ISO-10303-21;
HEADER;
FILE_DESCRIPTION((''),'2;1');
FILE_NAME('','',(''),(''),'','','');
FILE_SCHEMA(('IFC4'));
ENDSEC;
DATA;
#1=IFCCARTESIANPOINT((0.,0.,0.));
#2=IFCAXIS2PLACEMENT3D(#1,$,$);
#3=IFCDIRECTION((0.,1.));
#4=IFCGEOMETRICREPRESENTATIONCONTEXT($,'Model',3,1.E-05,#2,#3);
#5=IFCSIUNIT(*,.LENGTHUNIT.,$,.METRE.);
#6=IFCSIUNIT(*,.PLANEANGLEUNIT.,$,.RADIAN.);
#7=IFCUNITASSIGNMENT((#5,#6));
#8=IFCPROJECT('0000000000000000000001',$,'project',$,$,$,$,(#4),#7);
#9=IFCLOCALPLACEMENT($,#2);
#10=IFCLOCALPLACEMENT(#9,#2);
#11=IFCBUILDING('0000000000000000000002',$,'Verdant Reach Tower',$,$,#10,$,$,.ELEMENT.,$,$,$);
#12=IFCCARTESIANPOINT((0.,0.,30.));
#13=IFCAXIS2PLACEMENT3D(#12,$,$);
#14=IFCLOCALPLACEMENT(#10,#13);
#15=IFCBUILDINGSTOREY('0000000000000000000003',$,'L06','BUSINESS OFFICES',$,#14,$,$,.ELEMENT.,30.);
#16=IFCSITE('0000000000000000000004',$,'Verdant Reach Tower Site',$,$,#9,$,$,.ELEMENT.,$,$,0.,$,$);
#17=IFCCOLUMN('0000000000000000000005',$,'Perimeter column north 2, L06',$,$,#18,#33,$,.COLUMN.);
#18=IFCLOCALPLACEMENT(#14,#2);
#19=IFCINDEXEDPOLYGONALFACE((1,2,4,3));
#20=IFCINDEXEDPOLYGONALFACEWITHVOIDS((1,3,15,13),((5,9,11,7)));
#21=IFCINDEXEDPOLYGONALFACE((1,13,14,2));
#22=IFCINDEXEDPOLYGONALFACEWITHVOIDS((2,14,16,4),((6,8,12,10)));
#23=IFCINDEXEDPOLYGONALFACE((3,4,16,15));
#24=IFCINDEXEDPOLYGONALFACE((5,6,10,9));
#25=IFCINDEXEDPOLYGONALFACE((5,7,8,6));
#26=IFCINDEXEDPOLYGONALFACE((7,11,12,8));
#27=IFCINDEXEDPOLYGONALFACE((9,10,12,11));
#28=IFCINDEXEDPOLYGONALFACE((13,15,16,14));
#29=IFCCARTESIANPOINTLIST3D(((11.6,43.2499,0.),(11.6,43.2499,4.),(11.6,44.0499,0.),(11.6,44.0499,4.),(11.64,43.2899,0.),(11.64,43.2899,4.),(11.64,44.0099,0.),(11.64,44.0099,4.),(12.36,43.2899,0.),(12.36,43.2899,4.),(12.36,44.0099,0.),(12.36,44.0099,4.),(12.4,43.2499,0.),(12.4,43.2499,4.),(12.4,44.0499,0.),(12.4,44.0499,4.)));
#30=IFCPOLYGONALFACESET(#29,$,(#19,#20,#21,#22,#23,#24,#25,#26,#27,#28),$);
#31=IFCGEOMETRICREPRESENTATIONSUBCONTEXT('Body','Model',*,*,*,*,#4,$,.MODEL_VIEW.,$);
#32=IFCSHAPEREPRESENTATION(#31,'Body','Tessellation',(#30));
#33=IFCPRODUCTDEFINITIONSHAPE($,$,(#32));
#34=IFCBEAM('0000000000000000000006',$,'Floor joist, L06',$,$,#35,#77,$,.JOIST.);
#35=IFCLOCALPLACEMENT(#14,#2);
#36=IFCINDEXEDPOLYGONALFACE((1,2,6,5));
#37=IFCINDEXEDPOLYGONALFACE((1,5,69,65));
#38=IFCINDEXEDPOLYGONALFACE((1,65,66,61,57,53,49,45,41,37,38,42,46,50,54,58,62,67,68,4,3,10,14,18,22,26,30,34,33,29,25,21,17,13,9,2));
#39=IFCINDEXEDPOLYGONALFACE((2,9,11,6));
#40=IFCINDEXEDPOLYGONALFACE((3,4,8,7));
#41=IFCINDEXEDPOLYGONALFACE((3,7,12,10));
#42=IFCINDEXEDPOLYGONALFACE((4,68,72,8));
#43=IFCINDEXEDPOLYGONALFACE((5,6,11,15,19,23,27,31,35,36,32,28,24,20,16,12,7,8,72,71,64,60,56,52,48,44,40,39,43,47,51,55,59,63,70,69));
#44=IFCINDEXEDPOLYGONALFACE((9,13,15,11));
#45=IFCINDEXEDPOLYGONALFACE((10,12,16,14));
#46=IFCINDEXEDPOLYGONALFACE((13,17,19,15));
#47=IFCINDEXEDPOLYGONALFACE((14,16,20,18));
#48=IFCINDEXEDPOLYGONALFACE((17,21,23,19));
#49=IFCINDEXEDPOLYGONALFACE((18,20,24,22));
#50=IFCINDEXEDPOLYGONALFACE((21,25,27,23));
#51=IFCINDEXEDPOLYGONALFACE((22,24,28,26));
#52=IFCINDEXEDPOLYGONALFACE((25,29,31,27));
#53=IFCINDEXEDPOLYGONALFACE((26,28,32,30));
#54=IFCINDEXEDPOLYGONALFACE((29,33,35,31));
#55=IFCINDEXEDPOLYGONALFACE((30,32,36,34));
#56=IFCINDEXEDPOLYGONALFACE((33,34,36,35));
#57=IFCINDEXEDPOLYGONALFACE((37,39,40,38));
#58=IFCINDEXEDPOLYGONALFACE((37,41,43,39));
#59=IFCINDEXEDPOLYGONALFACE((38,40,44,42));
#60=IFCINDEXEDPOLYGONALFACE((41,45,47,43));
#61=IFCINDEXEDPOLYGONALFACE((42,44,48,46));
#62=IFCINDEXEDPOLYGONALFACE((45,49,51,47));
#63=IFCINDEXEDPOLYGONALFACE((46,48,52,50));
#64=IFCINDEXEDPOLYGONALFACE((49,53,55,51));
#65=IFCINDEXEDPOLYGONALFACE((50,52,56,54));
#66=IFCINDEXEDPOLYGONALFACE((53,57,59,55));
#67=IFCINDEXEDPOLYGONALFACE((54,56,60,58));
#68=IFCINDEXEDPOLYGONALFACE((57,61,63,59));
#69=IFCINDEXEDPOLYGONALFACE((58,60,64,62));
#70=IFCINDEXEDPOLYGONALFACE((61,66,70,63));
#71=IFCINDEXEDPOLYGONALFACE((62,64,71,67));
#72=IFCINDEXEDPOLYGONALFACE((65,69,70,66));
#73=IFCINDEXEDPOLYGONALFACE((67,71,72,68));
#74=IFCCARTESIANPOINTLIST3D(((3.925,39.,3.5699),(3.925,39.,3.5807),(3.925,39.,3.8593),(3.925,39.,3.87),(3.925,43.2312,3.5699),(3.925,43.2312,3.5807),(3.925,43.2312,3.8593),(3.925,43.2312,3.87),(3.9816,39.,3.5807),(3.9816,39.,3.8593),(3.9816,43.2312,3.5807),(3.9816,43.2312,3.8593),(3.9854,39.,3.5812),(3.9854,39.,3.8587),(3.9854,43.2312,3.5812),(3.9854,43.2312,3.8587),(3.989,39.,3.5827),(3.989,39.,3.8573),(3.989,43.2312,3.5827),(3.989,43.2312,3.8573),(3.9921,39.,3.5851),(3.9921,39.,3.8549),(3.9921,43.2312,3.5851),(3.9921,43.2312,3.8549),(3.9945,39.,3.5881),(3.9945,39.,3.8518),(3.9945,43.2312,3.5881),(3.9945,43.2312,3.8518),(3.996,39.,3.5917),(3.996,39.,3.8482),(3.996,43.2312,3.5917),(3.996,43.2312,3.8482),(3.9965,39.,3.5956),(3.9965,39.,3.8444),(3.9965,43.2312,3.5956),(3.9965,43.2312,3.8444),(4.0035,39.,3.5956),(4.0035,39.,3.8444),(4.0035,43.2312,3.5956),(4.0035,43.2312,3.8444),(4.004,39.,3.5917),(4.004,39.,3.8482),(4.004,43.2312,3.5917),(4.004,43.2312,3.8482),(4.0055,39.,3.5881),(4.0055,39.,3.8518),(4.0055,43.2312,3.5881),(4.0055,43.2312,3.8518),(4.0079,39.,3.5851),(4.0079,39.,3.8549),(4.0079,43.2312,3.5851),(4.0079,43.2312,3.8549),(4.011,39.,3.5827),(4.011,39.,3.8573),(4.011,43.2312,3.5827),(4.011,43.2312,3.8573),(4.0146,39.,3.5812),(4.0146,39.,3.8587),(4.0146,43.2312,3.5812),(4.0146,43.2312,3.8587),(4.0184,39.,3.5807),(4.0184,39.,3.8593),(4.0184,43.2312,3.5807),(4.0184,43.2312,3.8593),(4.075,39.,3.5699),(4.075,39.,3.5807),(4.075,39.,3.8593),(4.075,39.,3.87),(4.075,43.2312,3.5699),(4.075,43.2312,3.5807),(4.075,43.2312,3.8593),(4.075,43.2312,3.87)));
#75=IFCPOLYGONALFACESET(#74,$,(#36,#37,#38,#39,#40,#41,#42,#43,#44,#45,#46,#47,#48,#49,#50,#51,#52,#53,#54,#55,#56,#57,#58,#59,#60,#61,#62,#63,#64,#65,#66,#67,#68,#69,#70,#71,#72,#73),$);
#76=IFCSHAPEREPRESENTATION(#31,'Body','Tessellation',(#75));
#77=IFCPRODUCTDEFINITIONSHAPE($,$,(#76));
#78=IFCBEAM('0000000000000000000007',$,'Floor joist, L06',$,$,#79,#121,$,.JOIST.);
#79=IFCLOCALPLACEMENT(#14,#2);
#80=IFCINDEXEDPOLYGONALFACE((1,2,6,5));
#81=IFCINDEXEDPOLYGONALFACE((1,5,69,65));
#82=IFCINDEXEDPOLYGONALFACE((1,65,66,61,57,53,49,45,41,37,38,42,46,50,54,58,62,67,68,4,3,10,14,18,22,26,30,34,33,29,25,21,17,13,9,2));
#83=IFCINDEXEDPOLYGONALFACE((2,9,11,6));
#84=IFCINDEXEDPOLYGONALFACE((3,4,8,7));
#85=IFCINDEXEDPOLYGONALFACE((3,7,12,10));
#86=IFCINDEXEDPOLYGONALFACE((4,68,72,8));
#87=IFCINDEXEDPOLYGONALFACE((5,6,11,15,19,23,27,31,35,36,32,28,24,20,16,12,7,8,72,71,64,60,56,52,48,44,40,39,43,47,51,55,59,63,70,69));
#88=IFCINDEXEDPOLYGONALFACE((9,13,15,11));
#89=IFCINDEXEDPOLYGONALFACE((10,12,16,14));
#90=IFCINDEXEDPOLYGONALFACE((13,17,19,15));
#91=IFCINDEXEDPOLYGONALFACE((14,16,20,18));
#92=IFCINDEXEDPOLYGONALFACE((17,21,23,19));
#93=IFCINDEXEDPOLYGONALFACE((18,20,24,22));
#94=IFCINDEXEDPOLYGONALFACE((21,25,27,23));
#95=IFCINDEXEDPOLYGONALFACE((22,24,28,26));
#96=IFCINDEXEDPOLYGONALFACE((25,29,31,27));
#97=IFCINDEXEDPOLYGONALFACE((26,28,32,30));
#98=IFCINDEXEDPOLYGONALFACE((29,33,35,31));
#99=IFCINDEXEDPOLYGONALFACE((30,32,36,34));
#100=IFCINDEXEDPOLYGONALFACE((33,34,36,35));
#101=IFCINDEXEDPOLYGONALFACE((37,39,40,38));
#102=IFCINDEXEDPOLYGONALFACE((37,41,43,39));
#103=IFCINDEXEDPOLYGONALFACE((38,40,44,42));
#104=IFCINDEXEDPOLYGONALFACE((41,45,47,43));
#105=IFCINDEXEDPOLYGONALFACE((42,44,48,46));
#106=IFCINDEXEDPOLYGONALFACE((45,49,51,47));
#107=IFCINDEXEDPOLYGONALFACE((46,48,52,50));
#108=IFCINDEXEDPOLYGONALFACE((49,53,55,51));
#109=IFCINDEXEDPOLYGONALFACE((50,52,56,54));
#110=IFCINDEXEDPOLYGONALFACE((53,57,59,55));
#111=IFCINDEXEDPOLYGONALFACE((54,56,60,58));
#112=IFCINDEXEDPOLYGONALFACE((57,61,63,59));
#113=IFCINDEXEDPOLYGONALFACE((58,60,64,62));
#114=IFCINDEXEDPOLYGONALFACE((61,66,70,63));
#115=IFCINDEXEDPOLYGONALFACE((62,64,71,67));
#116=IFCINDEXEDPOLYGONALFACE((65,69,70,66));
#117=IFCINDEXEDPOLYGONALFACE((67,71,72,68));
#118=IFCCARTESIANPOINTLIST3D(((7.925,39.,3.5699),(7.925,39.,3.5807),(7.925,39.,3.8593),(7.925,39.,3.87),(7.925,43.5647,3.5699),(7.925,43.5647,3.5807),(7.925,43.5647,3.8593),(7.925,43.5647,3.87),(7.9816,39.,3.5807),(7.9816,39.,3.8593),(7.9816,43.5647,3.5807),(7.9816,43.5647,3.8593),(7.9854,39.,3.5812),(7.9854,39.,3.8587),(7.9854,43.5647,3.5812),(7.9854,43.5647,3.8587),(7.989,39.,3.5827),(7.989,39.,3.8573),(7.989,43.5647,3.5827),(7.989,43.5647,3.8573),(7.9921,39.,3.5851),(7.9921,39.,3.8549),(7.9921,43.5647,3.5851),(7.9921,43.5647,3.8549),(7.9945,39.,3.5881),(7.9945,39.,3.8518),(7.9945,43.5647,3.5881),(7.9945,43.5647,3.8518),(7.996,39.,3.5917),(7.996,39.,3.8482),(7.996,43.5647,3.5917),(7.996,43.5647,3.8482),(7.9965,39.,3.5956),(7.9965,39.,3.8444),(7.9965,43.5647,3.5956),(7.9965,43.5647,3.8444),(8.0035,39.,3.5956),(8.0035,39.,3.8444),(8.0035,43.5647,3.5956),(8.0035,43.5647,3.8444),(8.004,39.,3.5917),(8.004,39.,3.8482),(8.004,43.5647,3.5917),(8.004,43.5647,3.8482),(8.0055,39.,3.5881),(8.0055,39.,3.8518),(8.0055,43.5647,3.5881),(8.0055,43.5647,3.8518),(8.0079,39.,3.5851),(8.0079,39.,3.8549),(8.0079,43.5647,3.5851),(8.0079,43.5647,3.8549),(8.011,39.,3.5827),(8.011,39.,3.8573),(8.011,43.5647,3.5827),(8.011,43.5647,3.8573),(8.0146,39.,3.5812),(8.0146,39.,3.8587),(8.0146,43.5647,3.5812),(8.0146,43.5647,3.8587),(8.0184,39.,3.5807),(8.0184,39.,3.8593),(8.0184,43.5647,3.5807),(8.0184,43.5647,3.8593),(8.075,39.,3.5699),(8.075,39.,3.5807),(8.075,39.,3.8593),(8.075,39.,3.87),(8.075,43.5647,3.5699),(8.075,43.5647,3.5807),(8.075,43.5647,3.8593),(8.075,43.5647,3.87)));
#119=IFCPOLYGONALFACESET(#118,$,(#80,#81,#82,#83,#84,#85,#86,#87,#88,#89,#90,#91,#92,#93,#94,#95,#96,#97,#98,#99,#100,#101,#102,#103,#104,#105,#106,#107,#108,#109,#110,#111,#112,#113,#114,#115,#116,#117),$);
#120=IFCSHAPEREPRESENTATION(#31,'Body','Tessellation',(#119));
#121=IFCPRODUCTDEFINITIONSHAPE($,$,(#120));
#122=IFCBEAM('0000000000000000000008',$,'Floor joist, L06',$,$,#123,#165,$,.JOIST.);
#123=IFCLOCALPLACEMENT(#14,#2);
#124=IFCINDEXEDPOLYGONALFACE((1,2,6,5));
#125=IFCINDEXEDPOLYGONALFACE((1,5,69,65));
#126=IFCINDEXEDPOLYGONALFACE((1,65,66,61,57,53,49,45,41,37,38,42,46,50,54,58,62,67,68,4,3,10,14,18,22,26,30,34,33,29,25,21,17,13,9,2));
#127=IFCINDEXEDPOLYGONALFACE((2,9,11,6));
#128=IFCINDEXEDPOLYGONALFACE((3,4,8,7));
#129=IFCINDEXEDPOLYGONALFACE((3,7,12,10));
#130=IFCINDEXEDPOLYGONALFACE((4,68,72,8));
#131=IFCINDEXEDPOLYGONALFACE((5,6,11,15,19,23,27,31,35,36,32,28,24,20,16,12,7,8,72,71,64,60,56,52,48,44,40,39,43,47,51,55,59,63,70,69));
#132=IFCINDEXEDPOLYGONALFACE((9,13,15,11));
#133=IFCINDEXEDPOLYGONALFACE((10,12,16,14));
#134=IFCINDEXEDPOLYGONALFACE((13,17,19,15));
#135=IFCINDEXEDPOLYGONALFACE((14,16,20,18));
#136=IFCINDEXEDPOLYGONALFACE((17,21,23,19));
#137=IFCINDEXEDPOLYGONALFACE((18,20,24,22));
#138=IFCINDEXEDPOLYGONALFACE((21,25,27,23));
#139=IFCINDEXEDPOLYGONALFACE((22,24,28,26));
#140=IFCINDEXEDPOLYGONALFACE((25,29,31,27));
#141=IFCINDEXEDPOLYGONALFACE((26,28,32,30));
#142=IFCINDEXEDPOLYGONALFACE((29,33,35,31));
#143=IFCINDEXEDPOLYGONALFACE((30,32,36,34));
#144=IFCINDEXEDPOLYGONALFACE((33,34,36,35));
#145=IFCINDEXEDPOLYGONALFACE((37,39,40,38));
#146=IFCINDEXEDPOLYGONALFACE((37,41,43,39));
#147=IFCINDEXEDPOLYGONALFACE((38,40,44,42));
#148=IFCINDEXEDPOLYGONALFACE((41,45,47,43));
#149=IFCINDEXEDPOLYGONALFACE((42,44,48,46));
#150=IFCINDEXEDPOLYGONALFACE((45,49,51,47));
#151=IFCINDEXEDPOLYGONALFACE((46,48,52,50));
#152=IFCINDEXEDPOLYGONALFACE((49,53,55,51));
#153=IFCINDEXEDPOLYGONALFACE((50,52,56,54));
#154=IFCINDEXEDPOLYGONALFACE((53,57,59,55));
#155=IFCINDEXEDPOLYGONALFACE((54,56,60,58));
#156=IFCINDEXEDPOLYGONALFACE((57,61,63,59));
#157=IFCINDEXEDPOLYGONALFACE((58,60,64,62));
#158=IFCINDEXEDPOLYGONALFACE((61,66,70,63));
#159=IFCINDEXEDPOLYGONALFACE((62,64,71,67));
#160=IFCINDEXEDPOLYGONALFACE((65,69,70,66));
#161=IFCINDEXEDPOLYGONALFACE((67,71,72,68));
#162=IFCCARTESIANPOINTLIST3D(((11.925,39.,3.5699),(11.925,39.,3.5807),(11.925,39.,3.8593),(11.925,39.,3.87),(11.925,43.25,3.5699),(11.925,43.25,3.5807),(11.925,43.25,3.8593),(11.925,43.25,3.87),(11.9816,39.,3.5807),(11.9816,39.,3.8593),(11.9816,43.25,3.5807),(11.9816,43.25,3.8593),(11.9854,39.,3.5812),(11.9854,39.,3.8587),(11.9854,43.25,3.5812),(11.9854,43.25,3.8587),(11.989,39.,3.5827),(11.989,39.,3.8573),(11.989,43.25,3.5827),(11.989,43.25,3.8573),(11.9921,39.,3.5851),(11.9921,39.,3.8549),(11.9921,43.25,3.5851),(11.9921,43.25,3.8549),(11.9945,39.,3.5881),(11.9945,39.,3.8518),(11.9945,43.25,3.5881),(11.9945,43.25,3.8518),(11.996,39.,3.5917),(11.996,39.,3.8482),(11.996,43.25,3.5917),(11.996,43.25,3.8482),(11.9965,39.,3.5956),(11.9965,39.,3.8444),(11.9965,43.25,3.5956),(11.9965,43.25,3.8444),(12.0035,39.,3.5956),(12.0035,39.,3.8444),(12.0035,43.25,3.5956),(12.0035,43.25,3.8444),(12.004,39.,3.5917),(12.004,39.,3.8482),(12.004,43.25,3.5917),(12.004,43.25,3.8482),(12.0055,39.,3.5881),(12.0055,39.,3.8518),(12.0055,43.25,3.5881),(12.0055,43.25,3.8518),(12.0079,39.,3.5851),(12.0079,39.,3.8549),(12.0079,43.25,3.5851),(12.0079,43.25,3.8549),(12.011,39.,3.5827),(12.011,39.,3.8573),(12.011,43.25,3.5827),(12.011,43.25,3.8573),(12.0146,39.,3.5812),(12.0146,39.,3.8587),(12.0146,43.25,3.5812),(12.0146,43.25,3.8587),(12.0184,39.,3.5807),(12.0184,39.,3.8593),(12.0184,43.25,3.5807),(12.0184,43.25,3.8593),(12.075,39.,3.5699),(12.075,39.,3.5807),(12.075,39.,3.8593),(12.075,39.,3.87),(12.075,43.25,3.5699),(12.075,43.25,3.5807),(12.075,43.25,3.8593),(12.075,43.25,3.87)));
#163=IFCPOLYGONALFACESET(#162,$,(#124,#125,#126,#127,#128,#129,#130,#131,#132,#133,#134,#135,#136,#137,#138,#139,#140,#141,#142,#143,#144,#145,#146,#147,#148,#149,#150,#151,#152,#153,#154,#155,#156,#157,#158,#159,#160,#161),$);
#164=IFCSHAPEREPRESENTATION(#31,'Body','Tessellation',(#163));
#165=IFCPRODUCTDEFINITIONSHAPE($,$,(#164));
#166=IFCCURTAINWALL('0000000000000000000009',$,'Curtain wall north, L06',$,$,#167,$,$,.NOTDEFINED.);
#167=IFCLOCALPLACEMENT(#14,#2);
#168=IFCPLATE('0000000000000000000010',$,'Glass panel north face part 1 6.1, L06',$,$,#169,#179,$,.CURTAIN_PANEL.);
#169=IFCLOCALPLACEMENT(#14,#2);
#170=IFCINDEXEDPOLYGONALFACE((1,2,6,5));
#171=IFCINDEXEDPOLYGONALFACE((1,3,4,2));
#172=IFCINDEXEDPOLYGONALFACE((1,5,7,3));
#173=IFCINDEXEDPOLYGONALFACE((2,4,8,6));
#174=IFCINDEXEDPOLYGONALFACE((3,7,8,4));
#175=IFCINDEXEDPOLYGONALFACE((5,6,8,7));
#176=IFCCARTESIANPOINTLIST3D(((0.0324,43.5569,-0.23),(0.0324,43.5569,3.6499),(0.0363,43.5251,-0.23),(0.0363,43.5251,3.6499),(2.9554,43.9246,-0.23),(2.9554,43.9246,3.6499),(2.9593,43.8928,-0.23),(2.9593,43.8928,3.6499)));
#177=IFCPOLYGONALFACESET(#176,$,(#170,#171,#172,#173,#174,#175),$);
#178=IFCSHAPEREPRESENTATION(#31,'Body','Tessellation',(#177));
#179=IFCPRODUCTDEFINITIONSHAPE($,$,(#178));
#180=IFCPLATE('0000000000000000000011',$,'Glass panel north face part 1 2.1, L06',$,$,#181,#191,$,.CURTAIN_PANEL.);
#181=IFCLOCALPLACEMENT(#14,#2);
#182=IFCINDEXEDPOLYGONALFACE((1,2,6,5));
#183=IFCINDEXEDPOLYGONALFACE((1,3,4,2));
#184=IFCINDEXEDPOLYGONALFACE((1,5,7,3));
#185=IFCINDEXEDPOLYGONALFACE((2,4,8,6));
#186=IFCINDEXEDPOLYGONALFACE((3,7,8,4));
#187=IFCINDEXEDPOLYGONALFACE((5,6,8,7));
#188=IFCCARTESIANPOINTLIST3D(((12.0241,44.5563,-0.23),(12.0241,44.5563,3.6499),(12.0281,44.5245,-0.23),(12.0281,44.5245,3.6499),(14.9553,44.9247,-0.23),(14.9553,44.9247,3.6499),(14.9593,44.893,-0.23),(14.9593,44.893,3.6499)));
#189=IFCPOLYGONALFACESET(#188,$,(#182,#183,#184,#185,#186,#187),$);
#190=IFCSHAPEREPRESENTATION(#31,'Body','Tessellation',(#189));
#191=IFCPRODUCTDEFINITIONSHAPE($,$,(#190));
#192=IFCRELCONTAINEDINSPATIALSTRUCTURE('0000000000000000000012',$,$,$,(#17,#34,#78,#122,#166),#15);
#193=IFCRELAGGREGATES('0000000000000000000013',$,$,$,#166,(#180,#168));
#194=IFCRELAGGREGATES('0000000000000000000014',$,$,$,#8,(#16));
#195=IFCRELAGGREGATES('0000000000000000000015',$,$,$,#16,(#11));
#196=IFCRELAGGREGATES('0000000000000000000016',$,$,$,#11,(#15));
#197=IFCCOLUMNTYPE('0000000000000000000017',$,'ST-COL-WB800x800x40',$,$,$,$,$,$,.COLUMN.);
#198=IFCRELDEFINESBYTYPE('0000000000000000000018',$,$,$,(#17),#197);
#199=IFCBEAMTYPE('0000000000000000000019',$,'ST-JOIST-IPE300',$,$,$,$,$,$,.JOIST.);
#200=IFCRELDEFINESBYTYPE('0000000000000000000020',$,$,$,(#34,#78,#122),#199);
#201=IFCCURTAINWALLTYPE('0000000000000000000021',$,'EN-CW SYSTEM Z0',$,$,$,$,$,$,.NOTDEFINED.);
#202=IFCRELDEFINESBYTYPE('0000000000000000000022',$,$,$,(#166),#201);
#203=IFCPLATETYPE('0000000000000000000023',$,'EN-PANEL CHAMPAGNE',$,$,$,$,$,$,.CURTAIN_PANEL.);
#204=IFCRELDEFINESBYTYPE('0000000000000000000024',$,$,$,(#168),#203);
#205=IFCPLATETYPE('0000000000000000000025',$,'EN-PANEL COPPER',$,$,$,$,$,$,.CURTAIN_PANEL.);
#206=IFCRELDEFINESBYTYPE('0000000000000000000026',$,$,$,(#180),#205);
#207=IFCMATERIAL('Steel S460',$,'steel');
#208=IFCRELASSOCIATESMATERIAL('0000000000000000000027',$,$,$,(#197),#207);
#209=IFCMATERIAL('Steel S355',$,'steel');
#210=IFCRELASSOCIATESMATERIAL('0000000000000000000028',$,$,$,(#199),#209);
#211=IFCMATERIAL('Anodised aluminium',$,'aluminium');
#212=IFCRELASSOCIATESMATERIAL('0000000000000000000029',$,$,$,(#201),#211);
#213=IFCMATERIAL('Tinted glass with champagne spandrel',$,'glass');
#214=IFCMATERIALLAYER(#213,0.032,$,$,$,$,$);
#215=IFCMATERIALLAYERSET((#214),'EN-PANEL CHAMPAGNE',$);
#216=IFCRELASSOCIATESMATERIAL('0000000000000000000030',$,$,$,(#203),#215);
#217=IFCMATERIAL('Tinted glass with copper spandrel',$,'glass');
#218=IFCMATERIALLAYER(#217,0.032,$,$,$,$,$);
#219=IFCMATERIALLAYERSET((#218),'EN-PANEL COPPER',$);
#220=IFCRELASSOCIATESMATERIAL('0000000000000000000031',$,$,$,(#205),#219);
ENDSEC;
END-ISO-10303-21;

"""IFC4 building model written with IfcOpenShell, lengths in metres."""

from ifc_helpers import new_model, si_unit, direction, frame, origin, origin_2d, place, context, subcontext, project, spatial, rectangle, hollow_rectangle, i_section, extrude, material, layer, layer_set, material_profile, profile_set, type_object, element, aggregate, save


model = new_model("IFC4")

# Units and contexts
model_context = context("Model", 3, precision=1e-05, world=origin(), true_north=direction((0.0, 1.0)))
body_context = subcontext(model_context, "Body", "Model", "MODEL_VIEW")
ifc_project = project(units=[si_unit("LENGTHUNIT", "METRE"), si_unit("PLANEANGLEUNIT", "RADIAN")], contexts=[model_context])

# Site, building, storey
site_placement = place(None, origin())
site = spatial("IfcSite", under=ifc_project, at=site_placement, Name="Verdant Reach Tower Site", CompositionType="ELEMENT", RefElevation=0.0)
building_placement = place(site_placement, origin())
building = spatial("IfcBuilding", under=site, at=building_placement, Name="Verdant Reach Tower", CompositionType="ELEMENT")
storey_placement = place(building_placement, frame((0.0, 0.0, 30.0)))
storey = spatial("IfcBuildingStorey", under=building, at=storey_placement, Name="L06", Description="BUSINESS OFFICES", CompositionType="ELEMENT", Elevation=30.0)

# Column
ifc_material_1 = material(Name="Steel S460", Category="steel")
ifc_material_profile_1 = material_profile(ifc_material_1, hollow_rectangle(XDim=0.8, YDim=0.8, WallThickness=0.04, at=origin_2d()), Name="WB 800x800x40")
ifc_profile_set_1 = profile_set([ifc_material_profile_1], Name="Steel S460")
column_type = type_object("IfcColumnType", Name="ST-COL-WB800x800x40", PredefinedType="COLUMN", material=ifc_profile_set_1)
column_placement = place(storey_placement, frame((12.0, 43.6499, 0.0), z_axis=(0.0, 0.0, 1.0), x_axis=(1.0, 0.0, 0.0)))
element("IfcColumn", 1, at=column_placement, inside=storey, type_object=column_type, Name="Perimeter column north 2, L06", PredefinedType="COLUMN", context=body_context, shape_type="SweptSolid", body=[
    extrude(hollow_rectangle(XDim=0.8, YDim=0.8, WallThickness=0.04, at=origin_2d()), origin(), (0.0, 0.0, 1.0), 4.0),
])

# Beams
ifc_material_2 = material(Name="Steel S355", Category="steel")
ifc_material_profile_2 = material_profile(ifc_material_2, i_section(OverallWidth=0.1499, OverallDepth=0.3, WebThickness=0.0071, FlangeThickness=0.0107, FilletRadius=0.0149, at=origin_2d()), Name="IPE 300")
ifc_profile_set_2 = profile_set([ifc_material_profile_2], Name="Steel S355")
beam_type = type_object("IfcBeamType", Name="ST-JOIST-IPE300", PredefinedType="JOIST", material=ifc_profile_set_2)
beam_1_placement = place(storey_placement, frame((4.0, 39.0, 3.72), z_axis=(0.0, 1.0, 0.0), x_axis=(-1.0, 0.0, 0.0)))
element("IfcBeam", 2, at=beam_1_placement, inside=storey, type_object=beam_type, Name="Floor joist, L06", PredefinedType="JOIST", context=body_context, shape_type="SweptSolid", body=[
    extrude(i_section(OverallWidth=0.1499, OverallDepth=0.3, WebThickness=0.0071, FlangeThickness=0.0107, FilletRadius=0.0149, at=origin_2d()), origin(), (0.0, 0.0, 1.0), 4.2312),
])
beam_2_placement = place(storey_placement, frame((8.0, 39.0, 3.72), z_axis=(0.0, 1.0, 0.0), x_axis=(-1.0, 0.0, 0.0)))
element("IfcBeam", 3, at=beam_2_placement, inside=storey, type_object=beam_type, Name="Floor joist, L06", PredefinedType="JOIST", context=body_context, shape_type="SweptSolid", body=[
    extrude(i_section(OverallWidth=0.1499, OverallDepth=0.3, WebThickness=0.0071, FlangeThickness=0.0107, FilletRadius=0.0149, at=origin_2d()), origin(), (0.0, 0.0, 1.0), 4.5647),
])
beam_3_placement = place(storey_placement, frame((12.0, 39.0, 3.72), z_axis=(0.0, 1.0, 0.0), x_axis=(-1.0, 0.0, 0.0)))
element("IfcBeam", 4, at=beam_3_placement, inside=storey, type_object=beam_type, Name="Floor joist, L06", PredefinedType="JOIST", context=body_context, shape_type="SweptSolid", body=[
    extrude(i_section(OverallWidth=0.1499, OverallDepth=0.3, WebThickness=0.0071, FlangeThickness=0.0107, FilletRadius=0.0149, at=origin_2d()), origin(), (0.0, 0.0, 1.0), 4.25),
])

# Curtain wall, plates
ifc_material_3 = material(Name="Anodised aluminium", Category="aluminium")
curtain_wall_type = type_object("IfcCurtainWallType", Name="EN-CW SYSTEM Z0", PredefinedType="NOTDEFINED", material=ifc_material_3)
curtain_wall_placement = place(storey_placement, origin())
curtain_wall = element("IfcCurtainWall", 5, at=curtain_wall_placement, inside=storey, type_object=curtain_wall_type, Name="Curtain wall north, L06", PredefinedType="NOTDEFINED")
ifc_material_4 = material(Name="Tinted glass with champagne spandrel", Category="glass")
ifc_layer_1 = layer(ifc_material_4, 0.032)
ifc_layer_set_1 = layer_set([ifc_layer_1], Name="EN-PANEL CHAMPAGNE")
plate_type_1 = type_object("IfcPlateType", Name="EN-PANEL CHAMPAGNE", PredefinedType="CURTAIN_PANEL", material=ifc_layer_set_1)
plate_1_placement = place(storey_placement, frame((1.4958, 43.7249, -0.23), z_axis=(0.0, 0.0, 1.0), x_axis=(-0.99218, -0.124818, 0.0)))
plate_1 = element("IfcPlate", 6, at=plate_1_placement, type_object=plate_type_1, Name="Glass panel north face part 1 6.1, L06", PredefinedType="CURTAIN_PANEL", context=body_context, shape_type="SweptSolid", body=[
    extrude(rectangle(XDim=2.946, YDim=0.032, at=origin_2d()), origin(), (0.0, 0.0, 1.0), 3.8799),
])
ifc_material_5 = material(Name="Tinted glass with copper spandrel", Category="glass")
ifc_layer_2 = layer(ifc_material_5, 0.032)
ifc_layer_set_2 = layer_set([ifc_layer_2], Name="EN-PANEL COPPER")
plate_type_2 = type_object("IfcPlateType", Name="EN-PANEL COPPER", PredefinedType="CURTAIN_PANEL", material=ifc_layer_set_2)
plate_2_placement = place(storey_placement, frame((13.4917, 44.7246, -0.23), z_axis=(0.0, 0.0, 1.0), x_axis=(-0.992194, -0.124704, 0.0)))
plate_2 = element("IfcPlate", 7, at=plate_2_placement, type_object=plate_type_2, Name="Glass panel north face part 1 2.1, L06", PredefinedType="CURTAIN_PANEL", context=body_context, shape_type="SweptSolid", body=[
    extrude(rectangle(XDim=2.9543, YDim=0.032, at=origin_2d()), origin(), (0.0, 0.0, 1.0), 3.8799),
])
aggregate(curtain_wall, [plate_2, plate_1])

save(model, "model.ifc")
